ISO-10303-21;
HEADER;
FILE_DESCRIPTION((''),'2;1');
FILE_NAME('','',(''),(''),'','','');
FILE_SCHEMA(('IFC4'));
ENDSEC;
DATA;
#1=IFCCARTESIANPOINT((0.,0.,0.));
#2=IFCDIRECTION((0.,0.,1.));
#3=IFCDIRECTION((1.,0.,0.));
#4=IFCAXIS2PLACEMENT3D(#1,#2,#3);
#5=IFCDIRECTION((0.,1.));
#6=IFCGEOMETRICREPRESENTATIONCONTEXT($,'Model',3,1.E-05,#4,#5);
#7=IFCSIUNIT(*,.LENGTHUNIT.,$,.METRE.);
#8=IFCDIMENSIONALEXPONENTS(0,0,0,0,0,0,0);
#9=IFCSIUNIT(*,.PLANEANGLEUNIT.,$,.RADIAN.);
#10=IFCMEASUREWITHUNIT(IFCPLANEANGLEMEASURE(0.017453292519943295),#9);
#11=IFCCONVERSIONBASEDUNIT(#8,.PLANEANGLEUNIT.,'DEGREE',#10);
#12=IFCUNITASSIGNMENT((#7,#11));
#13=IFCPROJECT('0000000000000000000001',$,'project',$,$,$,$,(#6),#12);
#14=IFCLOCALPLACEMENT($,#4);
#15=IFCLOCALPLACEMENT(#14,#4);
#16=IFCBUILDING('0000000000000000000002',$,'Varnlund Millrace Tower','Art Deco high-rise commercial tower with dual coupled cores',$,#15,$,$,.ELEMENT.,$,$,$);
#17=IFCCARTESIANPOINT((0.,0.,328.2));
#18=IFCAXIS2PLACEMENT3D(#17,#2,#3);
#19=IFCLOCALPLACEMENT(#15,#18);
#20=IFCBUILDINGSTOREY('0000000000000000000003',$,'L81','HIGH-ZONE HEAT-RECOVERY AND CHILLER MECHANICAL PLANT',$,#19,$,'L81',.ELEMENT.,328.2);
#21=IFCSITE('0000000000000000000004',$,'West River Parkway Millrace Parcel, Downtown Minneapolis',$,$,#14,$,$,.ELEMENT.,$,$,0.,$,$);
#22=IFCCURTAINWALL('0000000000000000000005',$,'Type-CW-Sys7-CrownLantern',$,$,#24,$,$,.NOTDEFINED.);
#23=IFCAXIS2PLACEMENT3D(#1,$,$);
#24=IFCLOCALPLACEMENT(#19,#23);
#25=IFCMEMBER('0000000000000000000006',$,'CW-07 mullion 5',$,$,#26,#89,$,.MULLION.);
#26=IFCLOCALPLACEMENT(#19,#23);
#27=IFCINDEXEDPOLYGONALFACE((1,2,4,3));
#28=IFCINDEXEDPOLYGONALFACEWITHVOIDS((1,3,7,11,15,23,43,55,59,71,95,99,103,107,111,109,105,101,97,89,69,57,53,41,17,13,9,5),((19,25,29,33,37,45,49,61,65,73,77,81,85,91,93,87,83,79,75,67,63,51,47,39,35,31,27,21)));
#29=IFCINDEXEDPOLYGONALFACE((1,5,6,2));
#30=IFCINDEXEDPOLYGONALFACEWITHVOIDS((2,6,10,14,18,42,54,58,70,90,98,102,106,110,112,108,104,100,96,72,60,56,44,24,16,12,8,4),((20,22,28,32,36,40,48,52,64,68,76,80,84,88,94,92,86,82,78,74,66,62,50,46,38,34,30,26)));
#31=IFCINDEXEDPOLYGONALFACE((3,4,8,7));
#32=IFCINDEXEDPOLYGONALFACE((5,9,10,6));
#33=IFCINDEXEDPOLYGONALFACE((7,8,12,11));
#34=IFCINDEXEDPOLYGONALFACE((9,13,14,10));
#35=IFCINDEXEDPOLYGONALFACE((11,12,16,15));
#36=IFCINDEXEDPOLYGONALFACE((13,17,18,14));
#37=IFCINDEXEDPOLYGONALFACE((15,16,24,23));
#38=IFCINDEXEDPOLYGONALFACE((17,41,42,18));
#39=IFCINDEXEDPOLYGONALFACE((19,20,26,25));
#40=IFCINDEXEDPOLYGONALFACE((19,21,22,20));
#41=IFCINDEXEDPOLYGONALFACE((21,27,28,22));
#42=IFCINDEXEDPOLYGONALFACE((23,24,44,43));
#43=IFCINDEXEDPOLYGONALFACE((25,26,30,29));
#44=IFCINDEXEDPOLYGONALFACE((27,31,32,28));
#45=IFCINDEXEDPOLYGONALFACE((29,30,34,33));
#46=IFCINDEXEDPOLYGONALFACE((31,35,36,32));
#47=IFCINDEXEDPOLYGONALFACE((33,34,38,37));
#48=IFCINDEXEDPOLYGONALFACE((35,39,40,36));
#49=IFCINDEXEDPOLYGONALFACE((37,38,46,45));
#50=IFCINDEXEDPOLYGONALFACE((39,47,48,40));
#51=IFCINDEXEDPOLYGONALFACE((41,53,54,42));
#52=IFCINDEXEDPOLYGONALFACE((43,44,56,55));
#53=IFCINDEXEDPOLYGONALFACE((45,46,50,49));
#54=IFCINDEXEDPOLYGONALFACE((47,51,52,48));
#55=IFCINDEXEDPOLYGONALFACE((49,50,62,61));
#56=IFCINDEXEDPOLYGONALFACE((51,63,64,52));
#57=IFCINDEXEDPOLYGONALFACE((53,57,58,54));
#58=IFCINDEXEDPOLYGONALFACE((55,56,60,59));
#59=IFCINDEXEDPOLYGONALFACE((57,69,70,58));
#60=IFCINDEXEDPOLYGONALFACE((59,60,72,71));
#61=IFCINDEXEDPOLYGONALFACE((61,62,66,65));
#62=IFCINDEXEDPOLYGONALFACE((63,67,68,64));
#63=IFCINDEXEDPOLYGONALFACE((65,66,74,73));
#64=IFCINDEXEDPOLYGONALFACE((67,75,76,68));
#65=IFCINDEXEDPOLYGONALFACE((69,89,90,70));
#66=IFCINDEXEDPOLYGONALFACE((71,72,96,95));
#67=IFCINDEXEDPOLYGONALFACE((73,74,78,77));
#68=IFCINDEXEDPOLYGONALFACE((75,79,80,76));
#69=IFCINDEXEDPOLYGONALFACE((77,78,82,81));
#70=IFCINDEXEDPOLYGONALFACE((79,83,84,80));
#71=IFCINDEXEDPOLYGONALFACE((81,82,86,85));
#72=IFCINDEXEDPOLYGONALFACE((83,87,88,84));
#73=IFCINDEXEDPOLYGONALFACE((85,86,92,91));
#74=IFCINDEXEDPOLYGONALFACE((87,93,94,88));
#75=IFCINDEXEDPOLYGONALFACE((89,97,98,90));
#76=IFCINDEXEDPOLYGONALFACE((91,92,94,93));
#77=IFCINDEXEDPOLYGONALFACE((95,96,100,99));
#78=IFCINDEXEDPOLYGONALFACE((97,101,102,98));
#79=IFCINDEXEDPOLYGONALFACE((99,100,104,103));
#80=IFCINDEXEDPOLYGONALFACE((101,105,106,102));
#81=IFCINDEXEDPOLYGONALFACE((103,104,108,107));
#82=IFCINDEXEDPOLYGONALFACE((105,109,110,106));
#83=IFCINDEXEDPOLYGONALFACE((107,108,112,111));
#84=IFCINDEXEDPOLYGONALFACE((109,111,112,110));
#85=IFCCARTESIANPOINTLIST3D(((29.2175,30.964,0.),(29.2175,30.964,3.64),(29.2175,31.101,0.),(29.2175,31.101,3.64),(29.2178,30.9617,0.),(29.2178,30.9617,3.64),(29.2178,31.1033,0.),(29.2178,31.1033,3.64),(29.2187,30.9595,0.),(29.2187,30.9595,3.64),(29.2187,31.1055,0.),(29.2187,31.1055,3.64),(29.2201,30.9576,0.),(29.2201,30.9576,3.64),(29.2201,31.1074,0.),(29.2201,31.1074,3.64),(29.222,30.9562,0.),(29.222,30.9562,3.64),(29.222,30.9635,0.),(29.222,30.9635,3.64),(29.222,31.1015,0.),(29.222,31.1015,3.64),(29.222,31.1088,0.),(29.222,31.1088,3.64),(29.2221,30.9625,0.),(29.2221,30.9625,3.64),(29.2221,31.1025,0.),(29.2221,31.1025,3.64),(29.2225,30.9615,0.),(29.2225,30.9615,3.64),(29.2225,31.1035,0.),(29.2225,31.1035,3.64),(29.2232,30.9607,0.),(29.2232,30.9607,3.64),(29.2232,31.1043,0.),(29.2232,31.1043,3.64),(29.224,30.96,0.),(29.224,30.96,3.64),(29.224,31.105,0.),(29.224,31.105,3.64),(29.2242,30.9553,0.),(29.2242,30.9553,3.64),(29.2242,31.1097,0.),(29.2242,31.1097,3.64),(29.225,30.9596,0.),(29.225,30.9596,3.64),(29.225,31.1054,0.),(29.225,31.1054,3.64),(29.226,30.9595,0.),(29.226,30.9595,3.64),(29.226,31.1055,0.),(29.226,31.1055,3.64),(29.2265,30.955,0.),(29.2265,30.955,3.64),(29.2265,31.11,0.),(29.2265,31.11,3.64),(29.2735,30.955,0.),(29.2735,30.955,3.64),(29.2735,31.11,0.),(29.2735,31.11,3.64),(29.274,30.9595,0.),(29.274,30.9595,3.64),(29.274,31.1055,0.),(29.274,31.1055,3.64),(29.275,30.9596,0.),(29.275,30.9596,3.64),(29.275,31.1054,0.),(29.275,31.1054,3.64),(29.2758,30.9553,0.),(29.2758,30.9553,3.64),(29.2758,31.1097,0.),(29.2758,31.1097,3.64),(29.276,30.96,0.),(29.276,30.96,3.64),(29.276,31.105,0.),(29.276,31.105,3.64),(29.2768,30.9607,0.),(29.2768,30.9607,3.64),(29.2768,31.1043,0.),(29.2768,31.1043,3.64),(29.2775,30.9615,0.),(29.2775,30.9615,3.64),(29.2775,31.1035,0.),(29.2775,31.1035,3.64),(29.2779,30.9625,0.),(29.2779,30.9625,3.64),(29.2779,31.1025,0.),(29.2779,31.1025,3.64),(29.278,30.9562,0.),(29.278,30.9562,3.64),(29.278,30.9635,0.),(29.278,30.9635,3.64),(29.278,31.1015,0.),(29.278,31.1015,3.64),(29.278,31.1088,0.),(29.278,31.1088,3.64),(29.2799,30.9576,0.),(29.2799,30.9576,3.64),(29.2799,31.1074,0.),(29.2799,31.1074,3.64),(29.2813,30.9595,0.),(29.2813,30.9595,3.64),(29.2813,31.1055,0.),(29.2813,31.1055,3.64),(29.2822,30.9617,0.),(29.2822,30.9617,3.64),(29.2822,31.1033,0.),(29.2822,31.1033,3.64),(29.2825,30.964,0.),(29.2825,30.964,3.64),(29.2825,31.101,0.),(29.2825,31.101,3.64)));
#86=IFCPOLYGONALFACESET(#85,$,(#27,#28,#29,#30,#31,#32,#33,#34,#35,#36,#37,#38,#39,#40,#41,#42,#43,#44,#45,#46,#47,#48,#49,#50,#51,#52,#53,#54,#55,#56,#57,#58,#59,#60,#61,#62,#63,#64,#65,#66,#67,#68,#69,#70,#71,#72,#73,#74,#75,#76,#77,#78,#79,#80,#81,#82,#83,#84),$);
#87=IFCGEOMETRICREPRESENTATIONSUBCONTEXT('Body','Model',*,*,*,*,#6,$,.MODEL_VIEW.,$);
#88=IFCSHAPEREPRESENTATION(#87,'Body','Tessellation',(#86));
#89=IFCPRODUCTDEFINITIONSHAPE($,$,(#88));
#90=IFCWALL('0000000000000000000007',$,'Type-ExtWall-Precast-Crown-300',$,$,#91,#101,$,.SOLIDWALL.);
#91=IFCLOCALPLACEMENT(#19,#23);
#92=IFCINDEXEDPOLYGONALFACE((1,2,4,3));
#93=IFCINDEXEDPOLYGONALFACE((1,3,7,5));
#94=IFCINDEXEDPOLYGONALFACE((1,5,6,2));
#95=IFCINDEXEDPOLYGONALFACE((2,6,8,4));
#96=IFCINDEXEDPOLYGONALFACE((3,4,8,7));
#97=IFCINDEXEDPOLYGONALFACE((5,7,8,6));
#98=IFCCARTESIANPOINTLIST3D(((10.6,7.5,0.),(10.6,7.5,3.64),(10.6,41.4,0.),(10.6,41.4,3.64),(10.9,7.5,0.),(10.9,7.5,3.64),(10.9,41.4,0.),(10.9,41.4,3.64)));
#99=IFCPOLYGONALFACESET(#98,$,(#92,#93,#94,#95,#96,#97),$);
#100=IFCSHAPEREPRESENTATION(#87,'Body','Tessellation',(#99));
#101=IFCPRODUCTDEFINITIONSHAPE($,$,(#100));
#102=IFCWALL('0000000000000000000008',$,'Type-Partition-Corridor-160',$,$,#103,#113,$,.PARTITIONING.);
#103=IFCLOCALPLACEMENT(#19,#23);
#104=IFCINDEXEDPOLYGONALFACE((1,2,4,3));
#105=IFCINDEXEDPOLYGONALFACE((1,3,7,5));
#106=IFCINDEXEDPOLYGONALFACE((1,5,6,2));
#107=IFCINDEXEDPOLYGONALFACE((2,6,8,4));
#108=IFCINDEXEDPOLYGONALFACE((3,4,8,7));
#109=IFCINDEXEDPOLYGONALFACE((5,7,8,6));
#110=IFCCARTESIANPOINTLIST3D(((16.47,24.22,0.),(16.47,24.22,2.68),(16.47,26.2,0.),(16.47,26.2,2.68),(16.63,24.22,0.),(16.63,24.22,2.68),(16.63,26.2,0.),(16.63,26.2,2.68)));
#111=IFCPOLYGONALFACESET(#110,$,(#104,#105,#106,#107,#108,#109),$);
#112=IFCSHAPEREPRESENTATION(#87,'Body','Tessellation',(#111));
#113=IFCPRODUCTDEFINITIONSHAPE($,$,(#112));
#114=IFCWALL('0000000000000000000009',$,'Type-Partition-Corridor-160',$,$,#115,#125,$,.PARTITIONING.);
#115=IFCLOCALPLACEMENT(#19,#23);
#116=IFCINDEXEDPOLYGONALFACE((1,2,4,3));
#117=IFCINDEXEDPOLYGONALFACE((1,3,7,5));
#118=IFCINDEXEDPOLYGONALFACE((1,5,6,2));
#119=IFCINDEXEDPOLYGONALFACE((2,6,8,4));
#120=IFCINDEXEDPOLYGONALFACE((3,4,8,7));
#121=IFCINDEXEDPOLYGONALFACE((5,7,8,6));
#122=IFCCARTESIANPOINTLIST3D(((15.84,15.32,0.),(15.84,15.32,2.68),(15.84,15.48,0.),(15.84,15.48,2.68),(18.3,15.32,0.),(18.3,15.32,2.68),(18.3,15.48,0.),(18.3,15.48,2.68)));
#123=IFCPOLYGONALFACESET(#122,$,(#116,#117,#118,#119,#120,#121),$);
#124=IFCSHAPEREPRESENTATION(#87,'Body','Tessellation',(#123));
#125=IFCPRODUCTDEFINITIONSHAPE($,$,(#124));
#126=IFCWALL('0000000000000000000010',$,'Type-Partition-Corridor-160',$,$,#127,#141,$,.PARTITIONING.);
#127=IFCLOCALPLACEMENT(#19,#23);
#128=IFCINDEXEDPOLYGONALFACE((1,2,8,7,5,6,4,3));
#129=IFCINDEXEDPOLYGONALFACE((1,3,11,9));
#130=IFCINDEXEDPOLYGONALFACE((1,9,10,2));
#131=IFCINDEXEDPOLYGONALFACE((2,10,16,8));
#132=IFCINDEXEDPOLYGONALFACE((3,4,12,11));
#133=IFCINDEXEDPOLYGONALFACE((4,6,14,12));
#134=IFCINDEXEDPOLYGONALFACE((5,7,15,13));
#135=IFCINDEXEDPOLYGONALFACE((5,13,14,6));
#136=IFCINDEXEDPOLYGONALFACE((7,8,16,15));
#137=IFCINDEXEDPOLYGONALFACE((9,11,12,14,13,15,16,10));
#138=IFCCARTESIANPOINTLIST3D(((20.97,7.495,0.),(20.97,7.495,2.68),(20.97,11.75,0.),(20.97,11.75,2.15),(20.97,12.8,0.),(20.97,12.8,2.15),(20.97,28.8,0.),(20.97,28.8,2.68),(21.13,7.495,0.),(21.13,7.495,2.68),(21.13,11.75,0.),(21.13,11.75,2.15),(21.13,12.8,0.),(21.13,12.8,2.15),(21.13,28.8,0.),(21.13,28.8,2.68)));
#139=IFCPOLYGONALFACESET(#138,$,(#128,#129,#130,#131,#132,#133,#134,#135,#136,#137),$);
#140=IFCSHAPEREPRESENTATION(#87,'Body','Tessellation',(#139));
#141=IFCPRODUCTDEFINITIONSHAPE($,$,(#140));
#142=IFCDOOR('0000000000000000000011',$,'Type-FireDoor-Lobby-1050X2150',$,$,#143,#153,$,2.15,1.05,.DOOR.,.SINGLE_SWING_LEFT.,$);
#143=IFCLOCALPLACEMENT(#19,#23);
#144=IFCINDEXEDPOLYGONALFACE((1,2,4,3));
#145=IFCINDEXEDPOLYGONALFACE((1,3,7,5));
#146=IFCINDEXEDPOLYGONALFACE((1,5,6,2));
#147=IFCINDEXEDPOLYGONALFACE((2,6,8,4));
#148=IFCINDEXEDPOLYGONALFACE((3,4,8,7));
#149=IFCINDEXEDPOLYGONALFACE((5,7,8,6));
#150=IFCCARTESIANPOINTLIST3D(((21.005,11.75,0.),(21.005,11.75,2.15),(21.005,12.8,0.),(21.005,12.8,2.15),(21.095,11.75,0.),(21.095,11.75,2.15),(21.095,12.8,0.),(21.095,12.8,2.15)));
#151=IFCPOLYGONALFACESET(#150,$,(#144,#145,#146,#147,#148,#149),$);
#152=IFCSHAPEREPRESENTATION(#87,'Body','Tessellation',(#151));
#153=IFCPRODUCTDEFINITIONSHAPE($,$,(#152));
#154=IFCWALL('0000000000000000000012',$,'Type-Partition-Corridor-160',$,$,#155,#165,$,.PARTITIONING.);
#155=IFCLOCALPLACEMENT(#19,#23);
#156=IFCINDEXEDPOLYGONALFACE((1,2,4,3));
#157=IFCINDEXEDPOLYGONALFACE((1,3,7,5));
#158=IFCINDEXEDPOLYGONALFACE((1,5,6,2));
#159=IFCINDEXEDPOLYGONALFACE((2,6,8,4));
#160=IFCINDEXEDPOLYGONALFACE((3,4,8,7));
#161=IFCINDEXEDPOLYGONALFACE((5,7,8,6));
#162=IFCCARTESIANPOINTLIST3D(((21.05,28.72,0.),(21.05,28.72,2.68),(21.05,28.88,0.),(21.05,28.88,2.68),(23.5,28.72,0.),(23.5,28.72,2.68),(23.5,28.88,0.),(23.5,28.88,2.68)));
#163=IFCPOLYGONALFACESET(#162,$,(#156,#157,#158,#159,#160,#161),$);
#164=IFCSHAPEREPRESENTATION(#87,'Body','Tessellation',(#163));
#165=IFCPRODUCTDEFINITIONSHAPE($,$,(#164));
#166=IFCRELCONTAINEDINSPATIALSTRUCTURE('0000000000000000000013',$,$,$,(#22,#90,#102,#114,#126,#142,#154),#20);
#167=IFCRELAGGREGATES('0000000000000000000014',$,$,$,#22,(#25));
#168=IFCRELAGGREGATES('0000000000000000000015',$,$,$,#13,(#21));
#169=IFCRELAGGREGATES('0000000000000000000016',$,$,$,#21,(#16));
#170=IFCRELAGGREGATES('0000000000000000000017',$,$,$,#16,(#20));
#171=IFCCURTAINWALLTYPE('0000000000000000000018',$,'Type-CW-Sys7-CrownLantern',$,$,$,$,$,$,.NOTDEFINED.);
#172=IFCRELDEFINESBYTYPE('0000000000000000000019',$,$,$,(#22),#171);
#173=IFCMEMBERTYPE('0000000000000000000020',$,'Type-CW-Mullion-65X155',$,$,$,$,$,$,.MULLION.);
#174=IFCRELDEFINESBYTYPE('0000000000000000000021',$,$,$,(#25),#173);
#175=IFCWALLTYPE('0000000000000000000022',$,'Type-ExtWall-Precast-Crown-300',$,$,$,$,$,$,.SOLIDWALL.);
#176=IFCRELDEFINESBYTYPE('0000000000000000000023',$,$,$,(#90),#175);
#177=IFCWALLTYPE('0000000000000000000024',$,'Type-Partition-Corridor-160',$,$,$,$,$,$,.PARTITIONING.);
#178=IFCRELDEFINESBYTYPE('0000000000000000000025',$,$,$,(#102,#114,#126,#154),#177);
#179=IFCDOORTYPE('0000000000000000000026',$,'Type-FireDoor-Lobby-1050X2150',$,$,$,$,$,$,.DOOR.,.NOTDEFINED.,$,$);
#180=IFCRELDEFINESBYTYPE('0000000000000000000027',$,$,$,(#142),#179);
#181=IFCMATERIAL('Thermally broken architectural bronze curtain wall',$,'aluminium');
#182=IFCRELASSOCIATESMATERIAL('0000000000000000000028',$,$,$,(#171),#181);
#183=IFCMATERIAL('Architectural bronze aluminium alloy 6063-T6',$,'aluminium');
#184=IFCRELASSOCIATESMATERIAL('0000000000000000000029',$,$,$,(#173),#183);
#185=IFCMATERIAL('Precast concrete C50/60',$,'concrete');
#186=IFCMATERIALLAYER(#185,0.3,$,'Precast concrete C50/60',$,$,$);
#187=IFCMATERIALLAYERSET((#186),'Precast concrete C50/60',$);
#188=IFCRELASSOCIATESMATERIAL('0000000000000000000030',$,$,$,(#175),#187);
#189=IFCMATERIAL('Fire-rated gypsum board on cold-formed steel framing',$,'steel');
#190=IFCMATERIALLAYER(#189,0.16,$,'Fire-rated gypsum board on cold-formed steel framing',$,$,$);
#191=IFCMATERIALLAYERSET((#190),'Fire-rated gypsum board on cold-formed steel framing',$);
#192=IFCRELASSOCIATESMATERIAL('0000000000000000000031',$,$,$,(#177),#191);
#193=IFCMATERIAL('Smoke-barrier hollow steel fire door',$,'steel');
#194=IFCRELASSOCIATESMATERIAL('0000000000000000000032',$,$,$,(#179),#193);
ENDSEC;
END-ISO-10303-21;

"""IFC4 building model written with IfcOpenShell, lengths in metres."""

from ifc_helpers import new_model, entity, si_unit, converted_unit, direction, frame, origin_with_axes, origin_2d_with_axis, place, context, subcontext, project, spatial, polyline, rectangle, hollow_rectangle, outline, extrude, material, layer, layer_set, material_profile, profile_set, type_object, element, fill, aggregate, save


model = new_model("IFC4")

# Units and contexts
model_context = context("Model", 3, precision=1e-05, world=origin_with_axes(), true_north=direction((0.0, 1.0)))
body_context = subcontext(model_context, "Body", "Model", "MODEL_VIEW")
ifc_project = project(units=[si_unit("LENGTHUNIT", "METRE"), converted_unit("PLANEANGLEUNIT", "DEGREE", entity("IfcPlaneAngleMeasure", 0.017453292519943295), si_unit("PLANEANGLEUNIT", "RADIAN"), dimensions=[0, 0, 0, 0, 0, 0, 0])], contexts=[model_context])

# Site, building, storey
site_placement = place(None, origin_with_axes())
site = spatial("IfcSite", under=ifc_project, at=site_placement, Name="West River Parkway Millrace Parcel, Downtown Minneapolis", CompositionType="ELEMENT", RefElevation=0.0)
building_placement = place(site_placement, origin_with_axes())
building = spatial("IfcBuilding", under=site, at=building_placement, Name="Varnlund Millrace Tower", Description="Art Deco high-rise commercial tower with dual coupled cores", CompositionType="ELEMENT")
storey_placement = place(building_placement, frame((0.0, 0.0, 328.2), z_axis=(0.0, 0.0, 1.0), x_axis=(1.0, 0.0, 0.0)))
storey = spatial("IfcBuildingStorey", under=building, at=storey_placement, Name="L81", Description="HIGH-ZONE HEAT-RECOVERY AND CHILLER MECHANICAL PLANT", LongName="L81", CompositionType="ELEMENT", Elevation=328.2)

# Curtain wall, member
ifc_material_1 = material(Name="Thermally broken architectural bronze curtain wall", Category="aluminium")
curtain_wall_type = type_object("IfcCurtainWallType", Name="Type-CW-Sys7-CrownLantern", PredefinedType="NOTDEFINED", material=ifc_material_1)
curtain_wall_placement = place(storey_placement, frame((29.25, 37.0, 0.0), z_axis=(0.0, 0.0, 1.0), x_axis=(1.0, 0.0, 0.0)))
curtain_wall = element("IfcCurtainWall", 1, at=curtain_wall_placement, inside=storey, type_object=curtain_wall_type, Name="Type-CW-Sys7-CrownLantern", PredefinedType="NOTDEFINED")
ifc_material_2 = material(Name="Architectural bronze aluminium alloy 6063-T6", Category="aluminium")
ifc_material_profile_1 = material_profile(ifc_material_2, hollow_rectangle(XDim=0.065, YDim=0.155, WallThickness=0.0045, InnerFilletRadius=0.004, OuterFilletRadius=0.009, at=origin_2d_with_axis()), Name="Architectural bronze aluminium alloy 6063-T6")
ifc_profile_set_1 = profile_set([ifc_material_profile_1], Name="Architectural bronze aluminium alloy 6063-T6")
member_type = type_object("IfcMemberType", Name="Type-CW-Mullion-65X155", PredefinedType="MULLION", material=ifc_profile_set_1)
member_placement = place(storey_placement, frame((29.25, 31.0325, 0.0), z_axis=(0.0, 0.0, 1.0), x_axis=(1.0, 0.0, 0.0)))
member = element("IfcMember", 2, at=member_placement, type_object=member_type, Name="CW-07 mullion 5", PredefinedType="MULLION", context=body_context, shape_type="SweptSolid", body=[
    extrude(hollow_rectangle(XDim=0.065, YDim=0.155, WallThickness=0.0045, InnerFilletRadius=0.004, OuterFilletRadius=0.009, at=origin_2d_with_axis()), origin_with_axes(), (0.0, 0.0, 1.0), 3.64),
])
aggregate(curtain_wall, [member])

# Walls
ifc_material_3 = material(Name="Precast concrete C50/60", Category="concrete")
ifc_layer_1 = layer(ifc_material_3, 0.3, Name="Precast concrete C50/60")
ifc_layer_set_1 = layer_set([ifc_layer_1], Name="Precast concrete C50/60")
wall_type_1 = type_object("IfcWallType", Name="Type-ExtWall-Precast-Crown-300", PredefinedType="SOLIDWALL", material=ifc_layer_set_1)
wall_1_placement = place(storey_placement, frame((10.75, 7.5, 0.0), z_axis=(0.0, 0.0, 1.0), x_axis=(0.0, 1.0, 0.0)))
element("IfcWall", 3, at=wall_1_placement, inside=storey, type_object=wall_type_1, Name="Type-ExtWall-Precast-Crown-300", PredefinedType="SOLIDWALL", context=body_context, shape_type="SweptSolid", body=[
    extrude(outline(polyline([(0.0, -0.15), (33.9, -0.15), (33.9, 0.15), (0.0, 0.15), (0.0, -0.15)])), origin_with_axes(), (0.0, 0.0, 1.0), 3.64),
])
ifc_material_4 = material(Name="Fire-rated gypsum board on cold-formed steel framing", Category="steel")
ifc_layer_2 = layer(ifc_material_4, 0.16, Name="Fire-rated gypsum board on cold-formed steel framing")
ifc_layer_set_2 = layer_set([ifc_layer_2], Name="Fire-rated gypsum board on cold-formed steel framing")
wall_type_2 = type_object("IfcWallType", Name="Type-Partition-Corridor-160", PredefinedType="PARTITIONING", material=ifc_layer_set_2)
wall_2_placement = place(storey_placement, frame((16.55, 24.22, 0.0), z_axis=(0.0, 0.0, 1.0), x_axis=(0.0, 1.0, 0.0)))
element("IfcWall", 4, at=wall_2_placement, inside=storey, type_object=wall_type_2, Name="Type-Partition-Corridor-160", PredefinedType="PARTITIONING", context=body_context, shape_type="SweptSolid", body=[
    extrude(outline(polyline([(0.0, -0.08), (1.98, -0.08), (1.98, 0.08), (0.0, 0.08), (0.0, -0.08)])), origin_with_axes(), (0.0, 0.0, 1.0), 2.68),
])
wall_3_placement = place(storey_placement, frame((15.84, 15.4, 0.0), z_axis=(0.0, 0.0, 1.0), x_axis=(1.0, 0.0, 0.0)))
element("IfcWall", 5, at=wall_3_placement, inside=storey, type_object=wall_type_2, Name="Type-Partition-Corridor-160", PredefinedType="PARTITIONING", context=body_context, shape_type="SweptSolid", body=[
    extrude(outline(polyline([(0.0, -0.08), (2.46, -0.08), (2.46, 0.08), (0.0, 0.08), (0.0, -0.08)])), origin_with_axes(), (0.0, 0.0, 1.0), 2.68),
])

# Wall, opening, door
wall_4_placement = place(storey_placement, frame((21.05, 7.495, 0.0), z_axis=(0.0, 0.0, 1.0), x_axis=(0.0, 1.0, 0.0)))
wall_4 = element("IfcWall", 6, at=wall_4_placement, inside=storey, type_object=wall_type_2, Name="Type-Partition-Corridor-160", PredefinedType="PARTITIONING", context=body_context, shape_type="SweptSolid", body=[
    extrude(outline(polyline([(0.0, -0.08), (21.305, -0.08), (21.305, 0.08), (0.0, 0.08), (0.0, -0.08)])), origin_with_axes(), (0.0, 0.0, 1.0), 2.68),
])
opening_placement = place(wall_4_placement, frame((4.78, 0.0, 0.0), z_axis=(0.0, 0.0, 1.0), x_axis=(1.0, 0.0, 0.0)))
opening = element("IfcOpeningElement", 7, at=opening_placement, cuts=wall_4, PredefinedType="OPENING", context=body_context, shape_type="SweptSolid", body=[
    extrude(rectangle(XDim=1.05, YDim=0.18, at=origin_2d_with_axis()), origin_with_axes(), (0.0, 0.0, 1.0), 2.15),
])
ifc_material_5 = material(Name="Smoke-barrier hollow steel fire door", Category="steel")
door_type = type_object("IfcDoorType", Name="Type-FireDoor-Lobby-1050X2150", OperationType="NOTDEFINED", PredefinedType="DOOR", material=ifc_material_5)
door_placement = place(wall_4_placement, frame((4.78, 0.0, 0.0), z_axis=(0.0, 0.0, 1.0), x_axis=(1.0, 0.0, 0.0)))
door = element("IfcDoor", 8, at=door_placement, inside=storey, type_object=door_type, Name="Type-FireDoor-Lobby-1050X2150", OperationType="SINGLE_SWING_LEFT", OverallHeight=2.15, OverallWidth=1.05, PredefinedType="DOOR", context=body_context, shape_type="SweptSolid", body=[
    extrude(rectangle(XDim=1.05, YDim=0.09, at=origin_2d_with_axis()), origin_with_axes(), (0.0, 0.0, 1.0), 2.15),
])
fill(opening, door)

# Wall
wall_5_placement = place(storey_placement, frame((21.05, 28.8, 0.0), z_axis=(0.0, 0.0, 1.0), x_axis=(1.0, 0.0, 0.0)))
element("IfcWall", 9, at=wall_5_placement, inside=storey, type_object=wall_type_2, Name="Type-Partition-Corridor-160", PredefinedType="PARTITIONING", context=body_context, shape_type="SweptSolid", body=[
    extrude(outline(polyline([(0.0, -0.08), (2.45, -0.08), (2.45, 0.08), (0.0, 0.08), (0.0, -0.08)])), origin_with_axes(), (0.0, 0.0, 1.0), 2.68),
])

save(model, "model.ifc")
